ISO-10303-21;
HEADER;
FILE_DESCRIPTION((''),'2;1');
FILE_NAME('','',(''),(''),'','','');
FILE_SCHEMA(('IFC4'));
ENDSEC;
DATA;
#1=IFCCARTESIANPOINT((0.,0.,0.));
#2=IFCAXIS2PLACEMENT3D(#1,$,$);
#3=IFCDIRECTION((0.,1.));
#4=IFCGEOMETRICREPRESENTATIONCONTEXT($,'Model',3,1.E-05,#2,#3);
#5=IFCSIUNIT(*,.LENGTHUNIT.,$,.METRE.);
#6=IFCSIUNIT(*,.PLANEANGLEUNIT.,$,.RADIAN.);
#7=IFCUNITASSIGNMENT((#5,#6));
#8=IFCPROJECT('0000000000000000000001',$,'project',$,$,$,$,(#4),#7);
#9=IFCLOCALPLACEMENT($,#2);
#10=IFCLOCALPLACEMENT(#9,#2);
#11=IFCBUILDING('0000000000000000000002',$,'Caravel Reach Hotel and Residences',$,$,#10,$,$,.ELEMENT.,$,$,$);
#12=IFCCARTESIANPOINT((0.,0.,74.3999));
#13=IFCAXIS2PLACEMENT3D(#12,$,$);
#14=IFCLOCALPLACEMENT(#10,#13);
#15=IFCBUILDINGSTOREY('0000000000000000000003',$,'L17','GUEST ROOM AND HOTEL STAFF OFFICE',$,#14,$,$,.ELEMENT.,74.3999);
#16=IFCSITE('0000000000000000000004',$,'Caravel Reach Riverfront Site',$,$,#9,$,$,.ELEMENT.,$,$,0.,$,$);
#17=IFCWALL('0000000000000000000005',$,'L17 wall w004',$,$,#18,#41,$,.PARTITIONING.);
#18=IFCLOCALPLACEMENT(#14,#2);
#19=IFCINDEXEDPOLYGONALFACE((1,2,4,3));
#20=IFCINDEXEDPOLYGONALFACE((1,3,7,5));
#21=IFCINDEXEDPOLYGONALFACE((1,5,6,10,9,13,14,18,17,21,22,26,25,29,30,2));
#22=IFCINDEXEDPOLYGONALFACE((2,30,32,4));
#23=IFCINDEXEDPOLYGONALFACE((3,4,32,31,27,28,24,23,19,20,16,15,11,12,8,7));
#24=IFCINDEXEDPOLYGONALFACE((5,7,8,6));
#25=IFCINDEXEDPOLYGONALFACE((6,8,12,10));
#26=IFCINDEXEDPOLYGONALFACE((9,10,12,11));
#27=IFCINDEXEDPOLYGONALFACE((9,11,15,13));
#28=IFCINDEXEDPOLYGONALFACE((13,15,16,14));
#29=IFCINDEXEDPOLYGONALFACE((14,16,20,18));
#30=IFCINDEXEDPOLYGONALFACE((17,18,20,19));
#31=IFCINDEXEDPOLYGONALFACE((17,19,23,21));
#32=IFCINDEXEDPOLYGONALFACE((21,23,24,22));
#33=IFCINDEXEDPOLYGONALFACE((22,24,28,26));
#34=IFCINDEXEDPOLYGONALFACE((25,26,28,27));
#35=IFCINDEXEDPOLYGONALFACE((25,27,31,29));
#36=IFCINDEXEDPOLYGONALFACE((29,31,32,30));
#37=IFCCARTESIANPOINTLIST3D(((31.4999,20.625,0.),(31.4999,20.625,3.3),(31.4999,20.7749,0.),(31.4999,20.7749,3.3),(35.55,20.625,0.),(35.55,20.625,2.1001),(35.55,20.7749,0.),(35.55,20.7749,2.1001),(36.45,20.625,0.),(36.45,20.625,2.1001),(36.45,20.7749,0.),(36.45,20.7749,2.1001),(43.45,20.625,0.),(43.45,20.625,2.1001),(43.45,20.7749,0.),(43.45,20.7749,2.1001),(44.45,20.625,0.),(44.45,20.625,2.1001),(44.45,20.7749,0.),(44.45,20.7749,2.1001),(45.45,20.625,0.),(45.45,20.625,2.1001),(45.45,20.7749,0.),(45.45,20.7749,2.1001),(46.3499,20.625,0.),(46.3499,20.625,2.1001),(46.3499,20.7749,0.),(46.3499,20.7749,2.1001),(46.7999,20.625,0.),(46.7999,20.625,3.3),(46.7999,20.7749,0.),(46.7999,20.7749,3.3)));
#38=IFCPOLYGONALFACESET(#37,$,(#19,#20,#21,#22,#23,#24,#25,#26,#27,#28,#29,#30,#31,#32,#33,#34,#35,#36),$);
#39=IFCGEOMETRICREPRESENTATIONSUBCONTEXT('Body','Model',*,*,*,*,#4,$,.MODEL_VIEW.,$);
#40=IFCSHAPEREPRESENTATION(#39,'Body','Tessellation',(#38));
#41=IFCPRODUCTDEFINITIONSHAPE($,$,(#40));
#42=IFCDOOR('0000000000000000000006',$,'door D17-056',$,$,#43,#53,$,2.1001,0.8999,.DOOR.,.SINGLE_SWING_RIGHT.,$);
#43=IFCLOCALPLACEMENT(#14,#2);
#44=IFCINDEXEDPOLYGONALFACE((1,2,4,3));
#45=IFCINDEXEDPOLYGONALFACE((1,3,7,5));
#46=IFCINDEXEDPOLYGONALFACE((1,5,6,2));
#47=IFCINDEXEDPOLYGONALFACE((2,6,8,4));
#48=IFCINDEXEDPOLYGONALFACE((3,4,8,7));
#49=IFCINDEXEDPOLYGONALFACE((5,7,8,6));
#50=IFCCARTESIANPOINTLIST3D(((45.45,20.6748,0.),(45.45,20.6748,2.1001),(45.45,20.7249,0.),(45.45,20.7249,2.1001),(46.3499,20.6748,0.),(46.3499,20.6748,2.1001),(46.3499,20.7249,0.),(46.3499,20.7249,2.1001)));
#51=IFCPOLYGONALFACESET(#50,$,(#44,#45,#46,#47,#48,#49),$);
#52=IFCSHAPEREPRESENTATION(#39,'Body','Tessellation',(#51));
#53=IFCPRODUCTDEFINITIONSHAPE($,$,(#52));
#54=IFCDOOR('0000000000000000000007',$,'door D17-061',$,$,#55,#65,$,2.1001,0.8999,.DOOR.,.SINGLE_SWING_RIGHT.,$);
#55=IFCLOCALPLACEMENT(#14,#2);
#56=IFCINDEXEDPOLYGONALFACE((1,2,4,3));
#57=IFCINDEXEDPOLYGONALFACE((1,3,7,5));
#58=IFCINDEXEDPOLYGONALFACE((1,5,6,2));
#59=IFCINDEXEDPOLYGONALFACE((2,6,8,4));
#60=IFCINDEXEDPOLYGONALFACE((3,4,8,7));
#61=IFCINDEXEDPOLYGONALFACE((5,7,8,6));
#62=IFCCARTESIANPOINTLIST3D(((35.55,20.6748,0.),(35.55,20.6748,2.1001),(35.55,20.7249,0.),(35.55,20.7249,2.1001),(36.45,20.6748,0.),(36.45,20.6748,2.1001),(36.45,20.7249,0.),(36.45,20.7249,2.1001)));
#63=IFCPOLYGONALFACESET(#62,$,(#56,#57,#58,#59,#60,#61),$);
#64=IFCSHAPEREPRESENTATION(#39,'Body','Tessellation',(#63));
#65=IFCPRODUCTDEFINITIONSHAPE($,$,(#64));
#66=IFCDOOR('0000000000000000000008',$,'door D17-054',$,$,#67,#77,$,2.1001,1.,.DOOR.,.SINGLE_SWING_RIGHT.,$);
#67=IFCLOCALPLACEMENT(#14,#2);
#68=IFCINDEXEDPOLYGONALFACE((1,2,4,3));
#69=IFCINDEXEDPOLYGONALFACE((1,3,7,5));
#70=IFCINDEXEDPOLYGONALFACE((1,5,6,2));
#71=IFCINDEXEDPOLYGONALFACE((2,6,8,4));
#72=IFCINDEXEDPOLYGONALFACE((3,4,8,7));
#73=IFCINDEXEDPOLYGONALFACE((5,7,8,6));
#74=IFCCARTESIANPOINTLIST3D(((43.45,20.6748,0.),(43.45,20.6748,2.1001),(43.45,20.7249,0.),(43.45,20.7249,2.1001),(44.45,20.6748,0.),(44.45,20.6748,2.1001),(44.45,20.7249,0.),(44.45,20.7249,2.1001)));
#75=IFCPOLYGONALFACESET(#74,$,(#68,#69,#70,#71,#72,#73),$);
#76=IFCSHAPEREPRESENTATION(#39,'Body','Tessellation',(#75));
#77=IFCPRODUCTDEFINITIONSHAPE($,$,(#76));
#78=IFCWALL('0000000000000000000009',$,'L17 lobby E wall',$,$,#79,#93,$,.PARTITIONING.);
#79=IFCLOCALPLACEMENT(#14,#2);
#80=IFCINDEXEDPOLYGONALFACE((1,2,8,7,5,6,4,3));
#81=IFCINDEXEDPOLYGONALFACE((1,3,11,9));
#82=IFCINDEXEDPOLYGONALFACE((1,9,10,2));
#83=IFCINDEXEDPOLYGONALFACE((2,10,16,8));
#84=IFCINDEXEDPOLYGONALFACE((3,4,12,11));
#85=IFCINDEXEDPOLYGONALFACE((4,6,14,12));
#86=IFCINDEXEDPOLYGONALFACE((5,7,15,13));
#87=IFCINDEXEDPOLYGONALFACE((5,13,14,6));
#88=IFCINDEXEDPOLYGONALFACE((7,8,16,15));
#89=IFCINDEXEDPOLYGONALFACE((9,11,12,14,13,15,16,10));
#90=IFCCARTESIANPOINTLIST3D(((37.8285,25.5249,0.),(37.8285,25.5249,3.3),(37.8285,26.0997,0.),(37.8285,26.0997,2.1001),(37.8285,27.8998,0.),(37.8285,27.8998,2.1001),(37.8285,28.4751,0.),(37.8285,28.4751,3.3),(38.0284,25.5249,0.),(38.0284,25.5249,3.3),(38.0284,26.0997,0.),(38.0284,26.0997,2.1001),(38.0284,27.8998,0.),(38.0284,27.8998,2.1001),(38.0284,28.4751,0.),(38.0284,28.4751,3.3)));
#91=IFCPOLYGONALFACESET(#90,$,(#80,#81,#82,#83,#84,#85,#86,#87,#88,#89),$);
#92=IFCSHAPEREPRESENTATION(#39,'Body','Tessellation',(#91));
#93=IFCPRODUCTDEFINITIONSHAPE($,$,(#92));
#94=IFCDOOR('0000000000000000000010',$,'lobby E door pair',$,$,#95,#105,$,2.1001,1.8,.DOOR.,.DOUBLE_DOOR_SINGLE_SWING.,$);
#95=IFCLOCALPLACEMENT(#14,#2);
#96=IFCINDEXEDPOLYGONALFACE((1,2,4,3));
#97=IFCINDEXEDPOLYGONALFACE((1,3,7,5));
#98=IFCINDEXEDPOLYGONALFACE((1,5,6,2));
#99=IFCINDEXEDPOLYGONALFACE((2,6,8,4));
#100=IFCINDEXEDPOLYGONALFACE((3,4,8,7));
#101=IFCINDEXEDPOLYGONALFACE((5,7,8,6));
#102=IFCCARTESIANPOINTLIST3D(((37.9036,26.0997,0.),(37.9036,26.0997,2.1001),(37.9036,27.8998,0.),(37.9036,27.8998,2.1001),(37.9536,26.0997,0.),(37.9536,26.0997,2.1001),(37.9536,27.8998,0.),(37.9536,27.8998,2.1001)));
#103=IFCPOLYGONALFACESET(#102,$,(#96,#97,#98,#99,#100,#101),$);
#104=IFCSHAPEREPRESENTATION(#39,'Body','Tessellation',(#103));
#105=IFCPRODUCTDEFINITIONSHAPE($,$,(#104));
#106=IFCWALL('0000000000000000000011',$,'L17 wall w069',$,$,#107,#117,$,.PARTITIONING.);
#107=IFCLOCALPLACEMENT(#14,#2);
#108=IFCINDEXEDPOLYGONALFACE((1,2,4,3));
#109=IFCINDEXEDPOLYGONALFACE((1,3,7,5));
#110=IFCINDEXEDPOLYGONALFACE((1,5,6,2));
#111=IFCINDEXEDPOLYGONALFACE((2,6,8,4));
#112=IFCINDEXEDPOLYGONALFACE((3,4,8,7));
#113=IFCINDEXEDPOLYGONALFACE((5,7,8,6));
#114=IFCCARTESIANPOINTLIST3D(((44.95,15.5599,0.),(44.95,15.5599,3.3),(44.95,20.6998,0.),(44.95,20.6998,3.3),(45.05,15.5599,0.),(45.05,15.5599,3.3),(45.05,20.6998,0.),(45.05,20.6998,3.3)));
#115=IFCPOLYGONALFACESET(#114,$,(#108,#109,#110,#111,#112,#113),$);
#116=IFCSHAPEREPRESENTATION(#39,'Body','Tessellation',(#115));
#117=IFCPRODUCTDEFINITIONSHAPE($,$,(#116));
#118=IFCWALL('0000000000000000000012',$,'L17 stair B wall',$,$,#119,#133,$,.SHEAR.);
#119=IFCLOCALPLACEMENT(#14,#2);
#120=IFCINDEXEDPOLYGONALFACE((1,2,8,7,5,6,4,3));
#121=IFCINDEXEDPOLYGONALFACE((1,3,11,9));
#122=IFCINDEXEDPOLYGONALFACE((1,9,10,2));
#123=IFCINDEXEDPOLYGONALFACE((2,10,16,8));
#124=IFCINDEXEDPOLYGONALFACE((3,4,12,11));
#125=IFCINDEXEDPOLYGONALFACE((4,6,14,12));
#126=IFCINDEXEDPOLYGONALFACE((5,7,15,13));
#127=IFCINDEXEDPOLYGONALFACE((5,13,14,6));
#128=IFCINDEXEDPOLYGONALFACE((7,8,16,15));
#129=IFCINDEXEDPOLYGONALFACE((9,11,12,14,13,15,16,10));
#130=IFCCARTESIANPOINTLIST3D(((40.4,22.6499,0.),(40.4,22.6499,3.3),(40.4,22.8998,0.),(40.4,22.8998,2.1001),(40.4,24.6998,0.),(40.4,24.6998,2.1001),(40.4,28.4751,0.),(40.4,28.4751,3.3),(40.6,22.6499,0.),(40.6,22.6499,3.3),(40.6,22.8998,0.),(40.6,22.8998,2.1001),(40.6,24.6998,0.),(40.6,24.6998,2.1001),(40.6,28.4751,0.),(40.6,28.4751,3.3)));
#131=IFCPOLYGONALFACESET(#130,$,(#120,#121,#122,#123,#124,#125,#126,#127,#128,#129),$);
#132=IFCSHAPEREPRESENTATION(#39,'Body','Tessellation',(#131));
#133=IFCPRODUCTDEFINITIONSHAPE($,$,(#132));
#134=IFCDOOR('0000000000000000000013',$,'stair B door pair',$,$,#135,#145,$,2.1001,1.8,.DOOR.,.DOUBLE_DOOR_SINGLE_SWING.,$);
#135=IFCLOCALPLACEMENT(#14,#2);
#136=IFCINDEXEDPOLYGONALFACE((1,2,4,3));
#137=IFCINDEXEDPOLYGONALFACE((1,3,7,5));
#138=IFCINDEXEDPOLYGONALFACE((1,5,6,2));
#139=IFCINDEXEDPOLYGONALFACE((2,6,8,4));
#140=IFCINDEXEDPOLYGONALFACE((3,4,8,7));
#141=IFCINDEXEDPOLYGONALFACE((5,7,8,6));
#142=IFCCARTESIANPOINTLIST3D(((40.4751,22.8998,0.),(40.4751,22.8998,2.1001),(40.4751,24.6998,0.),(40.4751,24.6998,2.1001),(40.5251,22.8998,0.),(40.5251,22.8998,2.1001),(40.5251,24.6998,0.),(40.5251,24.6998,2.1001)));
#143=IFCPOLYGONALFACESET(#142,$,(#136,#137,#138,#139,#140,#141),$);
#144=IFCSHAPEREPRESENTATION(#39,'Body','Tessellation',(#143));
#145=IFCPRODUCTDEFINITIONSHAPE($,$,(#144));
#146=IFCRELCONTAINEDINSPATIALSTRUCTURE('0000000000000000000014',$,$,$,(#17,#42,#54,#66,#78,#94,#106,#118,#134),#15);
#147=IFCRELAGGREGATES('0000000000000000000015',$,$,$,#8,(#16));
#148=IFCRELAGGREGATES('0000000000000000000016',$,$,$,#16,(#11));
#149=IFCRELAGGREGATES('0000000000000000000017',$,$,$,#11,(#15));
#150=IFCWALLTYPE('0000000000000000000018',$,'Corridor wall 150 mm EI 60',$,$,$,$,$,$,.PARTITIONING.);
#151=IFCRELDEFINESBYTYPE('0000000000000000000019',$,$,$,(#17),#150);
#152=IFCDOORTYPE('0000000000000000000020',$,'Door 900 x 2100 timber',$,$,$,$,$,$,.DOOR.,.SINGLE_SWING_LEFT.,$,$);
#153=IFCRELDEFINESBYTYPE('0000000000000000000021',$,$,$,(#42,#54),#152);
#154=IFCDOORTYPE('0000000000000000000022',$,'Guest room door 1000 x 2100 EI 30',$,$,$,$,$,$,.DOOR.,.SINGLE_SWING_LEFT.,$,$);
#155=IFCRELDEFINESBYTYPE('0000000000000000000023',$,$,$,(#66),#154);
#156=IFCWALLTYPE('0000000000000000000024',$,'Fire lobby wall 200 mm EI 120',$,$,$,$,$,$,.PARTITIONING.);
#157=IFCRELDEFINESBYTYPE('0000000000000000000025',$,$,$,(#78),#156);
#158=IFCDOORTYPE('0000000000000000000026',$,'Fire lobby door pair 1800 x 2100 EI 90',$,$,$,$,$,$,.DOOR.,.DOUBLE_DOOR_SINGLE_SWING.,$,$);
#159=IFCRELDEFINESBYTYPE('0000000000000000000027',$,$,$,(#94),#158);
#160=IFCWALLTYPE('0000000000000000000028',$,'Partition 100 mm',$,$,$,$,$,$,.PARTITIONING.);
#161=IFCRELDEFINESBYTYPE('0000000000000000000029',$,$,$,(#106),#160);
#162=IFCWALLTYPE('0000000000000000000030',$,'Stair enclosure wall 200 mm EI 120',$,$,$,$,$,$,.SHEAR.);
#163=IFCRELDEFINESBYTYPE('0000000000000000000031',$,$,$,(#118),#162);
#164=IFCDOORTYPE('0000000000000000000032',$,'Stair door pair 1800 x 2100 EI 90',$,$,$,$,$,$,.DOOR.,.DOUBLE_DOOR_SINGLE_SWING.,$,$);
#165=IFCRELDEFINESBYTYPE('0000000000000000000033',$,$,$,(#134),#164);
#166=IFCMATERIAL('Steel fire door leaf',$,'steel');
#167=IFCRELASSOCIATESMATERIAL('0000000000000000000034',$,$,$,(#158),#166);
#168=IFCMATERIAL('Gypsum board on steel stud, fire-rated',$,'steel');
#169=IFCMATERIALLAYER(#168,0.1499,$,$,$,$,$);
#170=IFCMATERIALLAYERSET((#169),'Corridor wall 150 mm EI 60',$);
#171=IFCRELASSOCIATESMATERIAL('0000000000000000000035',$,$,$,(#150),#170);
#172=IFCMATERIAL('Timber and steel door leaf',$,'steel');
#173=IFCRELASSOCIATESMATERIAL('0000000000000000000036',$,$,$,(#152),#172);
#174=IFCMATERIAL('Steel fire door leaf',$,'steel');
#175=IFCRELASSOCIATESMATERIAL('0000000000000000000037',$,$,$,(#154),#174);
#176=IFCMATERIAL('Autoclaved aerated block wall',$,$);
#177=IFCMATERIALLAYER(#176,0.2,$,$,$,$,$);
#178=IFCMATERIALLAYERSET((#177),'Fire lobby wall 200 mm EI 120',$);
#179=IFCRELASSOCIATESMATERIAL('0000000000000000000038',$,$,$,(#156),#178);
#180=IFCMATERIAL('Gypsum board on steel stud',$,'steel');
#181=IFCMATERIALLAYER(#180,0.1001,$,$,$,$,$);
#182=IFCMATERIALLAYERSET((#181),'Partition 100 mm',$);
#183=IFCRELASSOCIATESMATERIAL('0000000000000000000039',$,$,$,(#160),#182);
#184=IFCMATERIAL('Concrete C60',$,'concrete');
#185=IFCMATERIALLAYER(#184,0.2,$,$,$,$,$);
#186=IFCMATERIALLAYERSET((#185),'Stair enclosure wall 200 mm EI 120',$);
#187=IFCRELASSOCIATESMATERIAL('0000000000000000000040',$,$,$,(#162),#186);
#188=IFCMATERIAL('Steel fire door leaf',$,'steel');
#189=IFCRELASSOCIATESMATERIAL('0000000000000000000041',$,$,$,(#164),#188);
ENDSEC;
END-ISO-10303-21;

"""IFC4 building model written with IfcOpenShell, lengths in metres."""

from ifc_helpers import new_model, si_unit, direction, frame, frame_2d, origin, place, context, subcontext, project, spatial, rectangle, extrude, material, layer, layer_set, type_object, element, fill, save


model = new_model("IFC4")

# Units and contexts
model_context = context("Model", 3, precision=1e-05, world=origin(), true_north=direction((0.0, 1.0)))
body_context = subcontext(model_context, "Body", "Model", "MODEL_VIEW")
ifc_project = project(units=[si_unit("LENGTHUNIT", "METRE"), si_unit("PLANEANGLEUNIT", "RADIAN")], contexts=[model_context])

# Site, building, storey
site_placement = place(None, origin())
site = spatial("IfcSite", under=ifc_project, at=site_placement, Name="Caravel Reach Riverfront Site", CompositionType="ELEMENT", RefElevation=0.0)
building_placement = place(site_placement, origin())
building = spatial("IfcBuilding", under=site, at=building_placement, Name="Caravel Reach Hotel and Residences", CompositionType="ELEMENT")
storey_placement = place(building_placement, frame((0.0, 0.0, 74.3999)))
storey = spatial("IfcBuildingStorey", under=building, at=storey_placement, Name="L17", Description="GUEST ROOM AND HOTEL STAFF OFFICE", CompositionType="ELEMENT", Elevation=74.3999)

# Shared definitions
ifc_material_1 = material(Name="Steel fire door leaf", Category="steel")
door_type_1 = type_object("IfcDoorType", Name="Fire lobby door pair 1800 x 2100 EI 90", OperationType="DOUBLE_DOOR_SINGLE_SWING", PredefinedType="DOOR", material=ifc_material_1)

# Wall, openings, doors
ifc_material_2 = material(Name="Gypsum board on steel stud, fire-rated", Category="steel")
ifc_layer_1 = layer(ifc_material_2, 0.1499)
ifc_layer_set_1 = layer_set([ifc_layer_1], Name="Corridor wall 150 mm EI 60")
wall_type_1 = type_object("IfcWallType", Name="Corridor wall 150 mm EI 60", PredefinedType="PARTITIONING", material=ifc_layer_set_1)
wall_1_placement = place(storey_placement, frame((31.5, 20.7, 0.0), z_axis=(0.0, 0.0, 1.0), x_axis=(1.0, 0.0, 0.0)))
wall_1 = element("IfcWall", 1, at=wall_1_placement, inside=storey, type_object=wall_type_1, Name="L17 wall w004", PredefinedType="PARTITIONING", context=body_context, shape_type="SweptSolid", body=[
    extrude(rectangle(XDim=15.3, YDim=0.1499, at=frame_2d((7.6499, 0.0))), origin(), (0.0, 0.0, 1.0), 3.3),
])
opening_1_placement = place(wall_1_placement, frame((11.95, 0.0, 0.0)))
opening_1 = element("IfcOpeningElement", 2, at=opening_1_placement, cuts=wall_1, PredefinedType="OPENING", context=body_context, shape_type="SweptSolid", body=[
    extrude(rectangle(XDim=1.0, YDim=2.1001, at=frame_2d((0.5, 1.05))), frame((0.0, 0.085, 0.0), z_axis=(0.0, -1.0, 0.0), x_axis=(1.0, 0.0, 0.0)), (0.0, 0.0, 1.0), 0.1699),
])
opening_2_placement = place(wall_1_placement, frame((13.95, 0.0, 0.0)))
opening_2 = element("IfcOpeningElement", 3, at=opening_2_placement, cuts=wall_1, PredefinedType="OPENING", context=body_context, shape_type="SweptSolid", body=[
    extrude(rectangle(XDim=0.8999, YDim=2.1001, at=frame_2d((0.45, 1.05))), frame((0.0, 0.085, 0.0), z_axis=(0.0, -1.0, 0.0), x_axis=(1.0, 0.0, 0.0)), (0.0, 0.0, 1.0), 0.1699),
])
opening_3_placement = place(wall_1_placement, frame((4.05, 0.0, 0.0)))
opening_3 = element("IfcOpeningElement", 4, at=opening_3_placement, cuts=wall_1, PredefinedType="OPENING", context=body_context, shape_type="SweptSolid", body=[
    extrude(rectangle(XDim=0.8999, YDim=2.1001, at=frame_2d((0.45, 1.05))), frame((0.0, 0.085, 0.0), z_axis=(0.0, -1.0, 0.0), x_axis=(1.0, 0.0, 0.0)), (0.0, 0.0, 1.0), 0.1699),
])
ifc_material_3 = material(Name="Timber and steel door leaf", Category="steel")
door_type_2 = type_object("IfcDoorType", Name="Door 900 x 2100 timber", OperationType="SINGLE_SWING_LEFT", PredefinedType="DOOR", material=ifc_material_3)
door_1_placement = place(opening_2_placement, origin())
door_1 = element("IfcDoor", 5, at=door_1_placement, inside=storey, type_object=door_type_2, Name="door D17-056", OperationType="SINGLE_SWING_RIGHT", OverallHeight=2.1001, OverallWidth=0.8999, PredefinedType="DOOR", context=body_context, shape_type="SweptSolid", body=[
    extrude(rectangle(XDim=0.8999, YDim=2.1001, at=frame_2d((0.45, 1.05))), frame((0.0, 0.0249, 0.0), z_axis=(0.0, -1.0, 0.0), x_axis=(1.0, 0.0, 0.0)), (0.0, 0.0, 1.0), 0.05),
])
fill(opening_2, door_1)
door_2_placement = place(opening_3_placement, origin())
door_2 = element("IfcDoor", 6, at=door_2_placement, inside=storey, type_object=door_type_2, Name="door D17-061", OperationType="SINGLE_SWING_RIGHT", OverallHeight=2.1001, OverallWidth=0.8999, PredefinedType="DOOR", context=body_context, shape_type="SweptSolid", body=[
    extrude(rectangle(XDim=0.8999, YDim=2.1001, at=frame_2d((0.45, 1.05))), frame((0.0, 0.0249, 0.0), z_axis=(0.0, -1.0, 0.0), x_axis=(1.0, 0.0, 0.0)), (0.0, 0.0, 1.0), 0.05),
])
fill(opening_3, door_2)
ifc_material_4 = material(Name="Steel fire door leaf", Category="steel")
door_type_3 = type_object("IfcDoorType", Name="Guest room door 1000 x 2100 EI 30", OperationType="SINGLE_SWING_LEFT", PredefinedType="DOOR", material=ifc_material_4)
door_3_placement = place(opening_1_placement, origin())
door_3 = element("IfcDoor", 7, at=door_3_placement, inside=storey, type_object=door_type_3, Name="door D17-054", OperationType="SINGLE_SWING_RIGHT", OverallHeight=2.1001, OverallWidth=1.0, PredefinedType="DOOR", context=body_context, shape_type="SweptSolid", body=[
    extrude(rectangle(XDim=1.0, YDim=2.1001, at=frame_2d((0.5, 1.05))), frame((0.0, 0.0249, 0.0), z_axis=(0.0, -1.0, 0.0), x_axis=(1.0, 0.0, 0.0)), (0.0, 0.0, 1.0), 0.05),
])
fill(opening_1, door_3)

# Wall, opening, door
ifc_material_5 = material(Name="Autoclaved aerated block wall")
ifc_layer_2 = layer(ifc_material_5, 0.2)
ifc_layer_set_2 = layer_set([ifc_layer_2], Name="Fire lobby wall 200 mm EI 120")
wall_type_2 = type_object("IfcWallType", Name="Fire lobby wall 200 mm EI 120", PredefinedType="PARTITIONING", material=ifc_layer_set_2)
wall_2_placement = place(storey_placement, frame((37.9285, 25.5249, 0.0), z_axis=(0.0, 0.0, 1.0), x_axis=(0.0, 1.0, 0.0)))
wall_2 = element("IfcWall", 8, at=wall_2_placement, inside=storey, type_object=wall_type_2, Name="L17 lobby E wall", PredefinedType="PARTITIONING", context=body_context, shape_type="SweptSolid", body=[
    extrude(rectangle(XDim=2.9502, YDim=0.2, at=frame_2d((1.4751, 0.0))), origin(), (0.0, 0.0, 1.0), 3.3),
])
opening_4_placement = place(wall_2_placement, frame((0.575, 0.0, 0.0)))
opening_4 = element("IfcOpeningElement", 9, at=opening_4_placement, cuts=wall_2, PredefinedType="OPENING", context=body_context, shape_type="SweptSolid", body=[
    extrude(rectangle(XDim=1.8, YDim=2.1001, at=frame_2d((0.8999, 1.05))), frame((0.0, 0.1099, 0.0), z_axis=(0.0, -1.0, 0.0), x_axis=(1.0, 0.0, 0.0)), (0.0, 0.0, 1.0), 0.22),
])
door_4_placement = place(opening_4_placement, origin())
door_4 = element("IfcDoor", 10, at=door_4_placement, inside=storey, type_object=door_type_1, Name="lobby E door pair", OperationType="DOUBLE_DOOR_SINGLE_SWING", OverallHeight=2.1001, OverallWidth=1.8, PredefinedType="DOOR", context=body_context, shape_type="SweptSolid", body=[
    extrude(rectangle(XDim=1.8, YDim=2.1001, at=frame_2d((0.8999, 1.05))), frame((0.0, 0.0249, 0.0), z_axis=(0.0, -1.0, 0.0), x_axis=(1.0, 0.0, 0.0)), (0.0, 0.0, 1.0), 0.05),
])
fill(opening_4, door_4)

# Wall
ifc_material_6 = material(Name="Gypsum board on steel stud", Category="steel")
ifc_layer_3 = layer(ifc_material_6, 0.1001)
ifc_layer_set_3 = layer_set([ifc_layer_3], Name="Partition 100 mm")
wall_type_3 = type_object("IfcWallType", Name="Partition 100 mm", PredefinedType="PARTITIONING", material=ifc_layer_set_3)
wall_3_placement = place(storey_placement, frame((45.0, 15.5601, 0.0), z_axis=(0.0, 0.0, 1.0), x_axis=(0.0, 1.0, 0.0)))
element("IfcWall", 11, at=wall_3_placement, inside=storey, type_object=wall_type_3, Name="L17 wall w069", PredefinedType="PARTITIONING", context=body_context, shape_type="SweptSolid", body=[
    extrude(rectangle(XDim=5.1399, YDim=0.1001, at=frame_2d((2.5698, 0.0))), origin(), (0.0, 0.0, 1.0), 3.3),
])

# Wall, opening, door
ifc_material_7 = material(Name="Concrete C60", Category="concrete")
ifc_layer_4 = layer(ifc_material_7, 0.2)
ifc_layer_set_4 = layer_set([ifc_layer_4], Name="Stair enclosure wall 200 mm EI 120")
wall_type_4 = type_object("IfcWallType", Name="Stair enclosure wall 200 mm EI 120", PredefinedType="SHEAR", material=ifc_layer_set_4)
wall_4_placement = place(storey_placement, frame((40.5, 22.6499, 0.0), z_axis=(0.0, 0.0, 1.0), x_axis=(0.0, 1.0, 0.0)))
wall_4 = element("IfcWall", 12, at=wall_4_placement, inside=storey, type_object=wall_type_4, Name="L17 stair B wall", PredefinedType="SHEAR", context=body_context, shape_type="SweptSolid", body=[
    extrude(rectangle(XDim=5.8252, YDim=0.2, at=frame_2d((2.9126, 0.0))), origin(), (0.0, 0.0, 1.0), 3.3),
])
opening_5_placement = place(wall_4_placement, frame((0.25, 0.0, 0.0)))
opening_5 = element("IfcOpeningElement", 13, at=opening_5_placement, cuts=wall_4, PredefinedType="OPENING", context=body_context, shape_type="SweptSolid", body=[
    extrude(rectangle(XDim=1.8, YDim=2.1001, at=frame_2d((0.8999, 1.05))), frame((0.0, 0.1099, 0.0), z_axis=(0.0, -1.0, 0.0), x_axis=(1.0, 0.0, 0.0)), (0.0, 0.0, 1.0), 0.22),
])
ifc_material_8 = material(Name="Steel fire door leaf", Category="steel")
door_type_4 = type_object("IfcDoorType", Name="Stair door pair 1800 x 2100 EI 90", OperationType="DOUBLE_DOOR_SINGLE_SWING", PredefinedType="DOOR", material=ifc_material_8)
door_5_placement = place(opening_5_placement, origin())
door_5 = element("IfcDoor", 14, at=door_5_placement, inside=storey, type_object=door_type_4, Name="stair B door pair", OperationType="DOUBLE_DOOR_SINGLE_SWING", OverallHeight=2.1001, OverallWidth=1.8, PredefinedType="DOOR", context=body_context, shape_type="SweptSolid", body=[
    extrude(rectangle(XDim=1.8, YDim=2.1001, at=frame_2d((0.8999, 1.05))), frame((0.0, 0.0249, 0.0), z_axis=(0.0, -1.0, 0.0), x_axis=(1.0, 0.0, 0.0)), (0.0, 0.0, 1.0), 0.05),
])
fill(opening_5, door_5)

save(model, "model.ifc")
